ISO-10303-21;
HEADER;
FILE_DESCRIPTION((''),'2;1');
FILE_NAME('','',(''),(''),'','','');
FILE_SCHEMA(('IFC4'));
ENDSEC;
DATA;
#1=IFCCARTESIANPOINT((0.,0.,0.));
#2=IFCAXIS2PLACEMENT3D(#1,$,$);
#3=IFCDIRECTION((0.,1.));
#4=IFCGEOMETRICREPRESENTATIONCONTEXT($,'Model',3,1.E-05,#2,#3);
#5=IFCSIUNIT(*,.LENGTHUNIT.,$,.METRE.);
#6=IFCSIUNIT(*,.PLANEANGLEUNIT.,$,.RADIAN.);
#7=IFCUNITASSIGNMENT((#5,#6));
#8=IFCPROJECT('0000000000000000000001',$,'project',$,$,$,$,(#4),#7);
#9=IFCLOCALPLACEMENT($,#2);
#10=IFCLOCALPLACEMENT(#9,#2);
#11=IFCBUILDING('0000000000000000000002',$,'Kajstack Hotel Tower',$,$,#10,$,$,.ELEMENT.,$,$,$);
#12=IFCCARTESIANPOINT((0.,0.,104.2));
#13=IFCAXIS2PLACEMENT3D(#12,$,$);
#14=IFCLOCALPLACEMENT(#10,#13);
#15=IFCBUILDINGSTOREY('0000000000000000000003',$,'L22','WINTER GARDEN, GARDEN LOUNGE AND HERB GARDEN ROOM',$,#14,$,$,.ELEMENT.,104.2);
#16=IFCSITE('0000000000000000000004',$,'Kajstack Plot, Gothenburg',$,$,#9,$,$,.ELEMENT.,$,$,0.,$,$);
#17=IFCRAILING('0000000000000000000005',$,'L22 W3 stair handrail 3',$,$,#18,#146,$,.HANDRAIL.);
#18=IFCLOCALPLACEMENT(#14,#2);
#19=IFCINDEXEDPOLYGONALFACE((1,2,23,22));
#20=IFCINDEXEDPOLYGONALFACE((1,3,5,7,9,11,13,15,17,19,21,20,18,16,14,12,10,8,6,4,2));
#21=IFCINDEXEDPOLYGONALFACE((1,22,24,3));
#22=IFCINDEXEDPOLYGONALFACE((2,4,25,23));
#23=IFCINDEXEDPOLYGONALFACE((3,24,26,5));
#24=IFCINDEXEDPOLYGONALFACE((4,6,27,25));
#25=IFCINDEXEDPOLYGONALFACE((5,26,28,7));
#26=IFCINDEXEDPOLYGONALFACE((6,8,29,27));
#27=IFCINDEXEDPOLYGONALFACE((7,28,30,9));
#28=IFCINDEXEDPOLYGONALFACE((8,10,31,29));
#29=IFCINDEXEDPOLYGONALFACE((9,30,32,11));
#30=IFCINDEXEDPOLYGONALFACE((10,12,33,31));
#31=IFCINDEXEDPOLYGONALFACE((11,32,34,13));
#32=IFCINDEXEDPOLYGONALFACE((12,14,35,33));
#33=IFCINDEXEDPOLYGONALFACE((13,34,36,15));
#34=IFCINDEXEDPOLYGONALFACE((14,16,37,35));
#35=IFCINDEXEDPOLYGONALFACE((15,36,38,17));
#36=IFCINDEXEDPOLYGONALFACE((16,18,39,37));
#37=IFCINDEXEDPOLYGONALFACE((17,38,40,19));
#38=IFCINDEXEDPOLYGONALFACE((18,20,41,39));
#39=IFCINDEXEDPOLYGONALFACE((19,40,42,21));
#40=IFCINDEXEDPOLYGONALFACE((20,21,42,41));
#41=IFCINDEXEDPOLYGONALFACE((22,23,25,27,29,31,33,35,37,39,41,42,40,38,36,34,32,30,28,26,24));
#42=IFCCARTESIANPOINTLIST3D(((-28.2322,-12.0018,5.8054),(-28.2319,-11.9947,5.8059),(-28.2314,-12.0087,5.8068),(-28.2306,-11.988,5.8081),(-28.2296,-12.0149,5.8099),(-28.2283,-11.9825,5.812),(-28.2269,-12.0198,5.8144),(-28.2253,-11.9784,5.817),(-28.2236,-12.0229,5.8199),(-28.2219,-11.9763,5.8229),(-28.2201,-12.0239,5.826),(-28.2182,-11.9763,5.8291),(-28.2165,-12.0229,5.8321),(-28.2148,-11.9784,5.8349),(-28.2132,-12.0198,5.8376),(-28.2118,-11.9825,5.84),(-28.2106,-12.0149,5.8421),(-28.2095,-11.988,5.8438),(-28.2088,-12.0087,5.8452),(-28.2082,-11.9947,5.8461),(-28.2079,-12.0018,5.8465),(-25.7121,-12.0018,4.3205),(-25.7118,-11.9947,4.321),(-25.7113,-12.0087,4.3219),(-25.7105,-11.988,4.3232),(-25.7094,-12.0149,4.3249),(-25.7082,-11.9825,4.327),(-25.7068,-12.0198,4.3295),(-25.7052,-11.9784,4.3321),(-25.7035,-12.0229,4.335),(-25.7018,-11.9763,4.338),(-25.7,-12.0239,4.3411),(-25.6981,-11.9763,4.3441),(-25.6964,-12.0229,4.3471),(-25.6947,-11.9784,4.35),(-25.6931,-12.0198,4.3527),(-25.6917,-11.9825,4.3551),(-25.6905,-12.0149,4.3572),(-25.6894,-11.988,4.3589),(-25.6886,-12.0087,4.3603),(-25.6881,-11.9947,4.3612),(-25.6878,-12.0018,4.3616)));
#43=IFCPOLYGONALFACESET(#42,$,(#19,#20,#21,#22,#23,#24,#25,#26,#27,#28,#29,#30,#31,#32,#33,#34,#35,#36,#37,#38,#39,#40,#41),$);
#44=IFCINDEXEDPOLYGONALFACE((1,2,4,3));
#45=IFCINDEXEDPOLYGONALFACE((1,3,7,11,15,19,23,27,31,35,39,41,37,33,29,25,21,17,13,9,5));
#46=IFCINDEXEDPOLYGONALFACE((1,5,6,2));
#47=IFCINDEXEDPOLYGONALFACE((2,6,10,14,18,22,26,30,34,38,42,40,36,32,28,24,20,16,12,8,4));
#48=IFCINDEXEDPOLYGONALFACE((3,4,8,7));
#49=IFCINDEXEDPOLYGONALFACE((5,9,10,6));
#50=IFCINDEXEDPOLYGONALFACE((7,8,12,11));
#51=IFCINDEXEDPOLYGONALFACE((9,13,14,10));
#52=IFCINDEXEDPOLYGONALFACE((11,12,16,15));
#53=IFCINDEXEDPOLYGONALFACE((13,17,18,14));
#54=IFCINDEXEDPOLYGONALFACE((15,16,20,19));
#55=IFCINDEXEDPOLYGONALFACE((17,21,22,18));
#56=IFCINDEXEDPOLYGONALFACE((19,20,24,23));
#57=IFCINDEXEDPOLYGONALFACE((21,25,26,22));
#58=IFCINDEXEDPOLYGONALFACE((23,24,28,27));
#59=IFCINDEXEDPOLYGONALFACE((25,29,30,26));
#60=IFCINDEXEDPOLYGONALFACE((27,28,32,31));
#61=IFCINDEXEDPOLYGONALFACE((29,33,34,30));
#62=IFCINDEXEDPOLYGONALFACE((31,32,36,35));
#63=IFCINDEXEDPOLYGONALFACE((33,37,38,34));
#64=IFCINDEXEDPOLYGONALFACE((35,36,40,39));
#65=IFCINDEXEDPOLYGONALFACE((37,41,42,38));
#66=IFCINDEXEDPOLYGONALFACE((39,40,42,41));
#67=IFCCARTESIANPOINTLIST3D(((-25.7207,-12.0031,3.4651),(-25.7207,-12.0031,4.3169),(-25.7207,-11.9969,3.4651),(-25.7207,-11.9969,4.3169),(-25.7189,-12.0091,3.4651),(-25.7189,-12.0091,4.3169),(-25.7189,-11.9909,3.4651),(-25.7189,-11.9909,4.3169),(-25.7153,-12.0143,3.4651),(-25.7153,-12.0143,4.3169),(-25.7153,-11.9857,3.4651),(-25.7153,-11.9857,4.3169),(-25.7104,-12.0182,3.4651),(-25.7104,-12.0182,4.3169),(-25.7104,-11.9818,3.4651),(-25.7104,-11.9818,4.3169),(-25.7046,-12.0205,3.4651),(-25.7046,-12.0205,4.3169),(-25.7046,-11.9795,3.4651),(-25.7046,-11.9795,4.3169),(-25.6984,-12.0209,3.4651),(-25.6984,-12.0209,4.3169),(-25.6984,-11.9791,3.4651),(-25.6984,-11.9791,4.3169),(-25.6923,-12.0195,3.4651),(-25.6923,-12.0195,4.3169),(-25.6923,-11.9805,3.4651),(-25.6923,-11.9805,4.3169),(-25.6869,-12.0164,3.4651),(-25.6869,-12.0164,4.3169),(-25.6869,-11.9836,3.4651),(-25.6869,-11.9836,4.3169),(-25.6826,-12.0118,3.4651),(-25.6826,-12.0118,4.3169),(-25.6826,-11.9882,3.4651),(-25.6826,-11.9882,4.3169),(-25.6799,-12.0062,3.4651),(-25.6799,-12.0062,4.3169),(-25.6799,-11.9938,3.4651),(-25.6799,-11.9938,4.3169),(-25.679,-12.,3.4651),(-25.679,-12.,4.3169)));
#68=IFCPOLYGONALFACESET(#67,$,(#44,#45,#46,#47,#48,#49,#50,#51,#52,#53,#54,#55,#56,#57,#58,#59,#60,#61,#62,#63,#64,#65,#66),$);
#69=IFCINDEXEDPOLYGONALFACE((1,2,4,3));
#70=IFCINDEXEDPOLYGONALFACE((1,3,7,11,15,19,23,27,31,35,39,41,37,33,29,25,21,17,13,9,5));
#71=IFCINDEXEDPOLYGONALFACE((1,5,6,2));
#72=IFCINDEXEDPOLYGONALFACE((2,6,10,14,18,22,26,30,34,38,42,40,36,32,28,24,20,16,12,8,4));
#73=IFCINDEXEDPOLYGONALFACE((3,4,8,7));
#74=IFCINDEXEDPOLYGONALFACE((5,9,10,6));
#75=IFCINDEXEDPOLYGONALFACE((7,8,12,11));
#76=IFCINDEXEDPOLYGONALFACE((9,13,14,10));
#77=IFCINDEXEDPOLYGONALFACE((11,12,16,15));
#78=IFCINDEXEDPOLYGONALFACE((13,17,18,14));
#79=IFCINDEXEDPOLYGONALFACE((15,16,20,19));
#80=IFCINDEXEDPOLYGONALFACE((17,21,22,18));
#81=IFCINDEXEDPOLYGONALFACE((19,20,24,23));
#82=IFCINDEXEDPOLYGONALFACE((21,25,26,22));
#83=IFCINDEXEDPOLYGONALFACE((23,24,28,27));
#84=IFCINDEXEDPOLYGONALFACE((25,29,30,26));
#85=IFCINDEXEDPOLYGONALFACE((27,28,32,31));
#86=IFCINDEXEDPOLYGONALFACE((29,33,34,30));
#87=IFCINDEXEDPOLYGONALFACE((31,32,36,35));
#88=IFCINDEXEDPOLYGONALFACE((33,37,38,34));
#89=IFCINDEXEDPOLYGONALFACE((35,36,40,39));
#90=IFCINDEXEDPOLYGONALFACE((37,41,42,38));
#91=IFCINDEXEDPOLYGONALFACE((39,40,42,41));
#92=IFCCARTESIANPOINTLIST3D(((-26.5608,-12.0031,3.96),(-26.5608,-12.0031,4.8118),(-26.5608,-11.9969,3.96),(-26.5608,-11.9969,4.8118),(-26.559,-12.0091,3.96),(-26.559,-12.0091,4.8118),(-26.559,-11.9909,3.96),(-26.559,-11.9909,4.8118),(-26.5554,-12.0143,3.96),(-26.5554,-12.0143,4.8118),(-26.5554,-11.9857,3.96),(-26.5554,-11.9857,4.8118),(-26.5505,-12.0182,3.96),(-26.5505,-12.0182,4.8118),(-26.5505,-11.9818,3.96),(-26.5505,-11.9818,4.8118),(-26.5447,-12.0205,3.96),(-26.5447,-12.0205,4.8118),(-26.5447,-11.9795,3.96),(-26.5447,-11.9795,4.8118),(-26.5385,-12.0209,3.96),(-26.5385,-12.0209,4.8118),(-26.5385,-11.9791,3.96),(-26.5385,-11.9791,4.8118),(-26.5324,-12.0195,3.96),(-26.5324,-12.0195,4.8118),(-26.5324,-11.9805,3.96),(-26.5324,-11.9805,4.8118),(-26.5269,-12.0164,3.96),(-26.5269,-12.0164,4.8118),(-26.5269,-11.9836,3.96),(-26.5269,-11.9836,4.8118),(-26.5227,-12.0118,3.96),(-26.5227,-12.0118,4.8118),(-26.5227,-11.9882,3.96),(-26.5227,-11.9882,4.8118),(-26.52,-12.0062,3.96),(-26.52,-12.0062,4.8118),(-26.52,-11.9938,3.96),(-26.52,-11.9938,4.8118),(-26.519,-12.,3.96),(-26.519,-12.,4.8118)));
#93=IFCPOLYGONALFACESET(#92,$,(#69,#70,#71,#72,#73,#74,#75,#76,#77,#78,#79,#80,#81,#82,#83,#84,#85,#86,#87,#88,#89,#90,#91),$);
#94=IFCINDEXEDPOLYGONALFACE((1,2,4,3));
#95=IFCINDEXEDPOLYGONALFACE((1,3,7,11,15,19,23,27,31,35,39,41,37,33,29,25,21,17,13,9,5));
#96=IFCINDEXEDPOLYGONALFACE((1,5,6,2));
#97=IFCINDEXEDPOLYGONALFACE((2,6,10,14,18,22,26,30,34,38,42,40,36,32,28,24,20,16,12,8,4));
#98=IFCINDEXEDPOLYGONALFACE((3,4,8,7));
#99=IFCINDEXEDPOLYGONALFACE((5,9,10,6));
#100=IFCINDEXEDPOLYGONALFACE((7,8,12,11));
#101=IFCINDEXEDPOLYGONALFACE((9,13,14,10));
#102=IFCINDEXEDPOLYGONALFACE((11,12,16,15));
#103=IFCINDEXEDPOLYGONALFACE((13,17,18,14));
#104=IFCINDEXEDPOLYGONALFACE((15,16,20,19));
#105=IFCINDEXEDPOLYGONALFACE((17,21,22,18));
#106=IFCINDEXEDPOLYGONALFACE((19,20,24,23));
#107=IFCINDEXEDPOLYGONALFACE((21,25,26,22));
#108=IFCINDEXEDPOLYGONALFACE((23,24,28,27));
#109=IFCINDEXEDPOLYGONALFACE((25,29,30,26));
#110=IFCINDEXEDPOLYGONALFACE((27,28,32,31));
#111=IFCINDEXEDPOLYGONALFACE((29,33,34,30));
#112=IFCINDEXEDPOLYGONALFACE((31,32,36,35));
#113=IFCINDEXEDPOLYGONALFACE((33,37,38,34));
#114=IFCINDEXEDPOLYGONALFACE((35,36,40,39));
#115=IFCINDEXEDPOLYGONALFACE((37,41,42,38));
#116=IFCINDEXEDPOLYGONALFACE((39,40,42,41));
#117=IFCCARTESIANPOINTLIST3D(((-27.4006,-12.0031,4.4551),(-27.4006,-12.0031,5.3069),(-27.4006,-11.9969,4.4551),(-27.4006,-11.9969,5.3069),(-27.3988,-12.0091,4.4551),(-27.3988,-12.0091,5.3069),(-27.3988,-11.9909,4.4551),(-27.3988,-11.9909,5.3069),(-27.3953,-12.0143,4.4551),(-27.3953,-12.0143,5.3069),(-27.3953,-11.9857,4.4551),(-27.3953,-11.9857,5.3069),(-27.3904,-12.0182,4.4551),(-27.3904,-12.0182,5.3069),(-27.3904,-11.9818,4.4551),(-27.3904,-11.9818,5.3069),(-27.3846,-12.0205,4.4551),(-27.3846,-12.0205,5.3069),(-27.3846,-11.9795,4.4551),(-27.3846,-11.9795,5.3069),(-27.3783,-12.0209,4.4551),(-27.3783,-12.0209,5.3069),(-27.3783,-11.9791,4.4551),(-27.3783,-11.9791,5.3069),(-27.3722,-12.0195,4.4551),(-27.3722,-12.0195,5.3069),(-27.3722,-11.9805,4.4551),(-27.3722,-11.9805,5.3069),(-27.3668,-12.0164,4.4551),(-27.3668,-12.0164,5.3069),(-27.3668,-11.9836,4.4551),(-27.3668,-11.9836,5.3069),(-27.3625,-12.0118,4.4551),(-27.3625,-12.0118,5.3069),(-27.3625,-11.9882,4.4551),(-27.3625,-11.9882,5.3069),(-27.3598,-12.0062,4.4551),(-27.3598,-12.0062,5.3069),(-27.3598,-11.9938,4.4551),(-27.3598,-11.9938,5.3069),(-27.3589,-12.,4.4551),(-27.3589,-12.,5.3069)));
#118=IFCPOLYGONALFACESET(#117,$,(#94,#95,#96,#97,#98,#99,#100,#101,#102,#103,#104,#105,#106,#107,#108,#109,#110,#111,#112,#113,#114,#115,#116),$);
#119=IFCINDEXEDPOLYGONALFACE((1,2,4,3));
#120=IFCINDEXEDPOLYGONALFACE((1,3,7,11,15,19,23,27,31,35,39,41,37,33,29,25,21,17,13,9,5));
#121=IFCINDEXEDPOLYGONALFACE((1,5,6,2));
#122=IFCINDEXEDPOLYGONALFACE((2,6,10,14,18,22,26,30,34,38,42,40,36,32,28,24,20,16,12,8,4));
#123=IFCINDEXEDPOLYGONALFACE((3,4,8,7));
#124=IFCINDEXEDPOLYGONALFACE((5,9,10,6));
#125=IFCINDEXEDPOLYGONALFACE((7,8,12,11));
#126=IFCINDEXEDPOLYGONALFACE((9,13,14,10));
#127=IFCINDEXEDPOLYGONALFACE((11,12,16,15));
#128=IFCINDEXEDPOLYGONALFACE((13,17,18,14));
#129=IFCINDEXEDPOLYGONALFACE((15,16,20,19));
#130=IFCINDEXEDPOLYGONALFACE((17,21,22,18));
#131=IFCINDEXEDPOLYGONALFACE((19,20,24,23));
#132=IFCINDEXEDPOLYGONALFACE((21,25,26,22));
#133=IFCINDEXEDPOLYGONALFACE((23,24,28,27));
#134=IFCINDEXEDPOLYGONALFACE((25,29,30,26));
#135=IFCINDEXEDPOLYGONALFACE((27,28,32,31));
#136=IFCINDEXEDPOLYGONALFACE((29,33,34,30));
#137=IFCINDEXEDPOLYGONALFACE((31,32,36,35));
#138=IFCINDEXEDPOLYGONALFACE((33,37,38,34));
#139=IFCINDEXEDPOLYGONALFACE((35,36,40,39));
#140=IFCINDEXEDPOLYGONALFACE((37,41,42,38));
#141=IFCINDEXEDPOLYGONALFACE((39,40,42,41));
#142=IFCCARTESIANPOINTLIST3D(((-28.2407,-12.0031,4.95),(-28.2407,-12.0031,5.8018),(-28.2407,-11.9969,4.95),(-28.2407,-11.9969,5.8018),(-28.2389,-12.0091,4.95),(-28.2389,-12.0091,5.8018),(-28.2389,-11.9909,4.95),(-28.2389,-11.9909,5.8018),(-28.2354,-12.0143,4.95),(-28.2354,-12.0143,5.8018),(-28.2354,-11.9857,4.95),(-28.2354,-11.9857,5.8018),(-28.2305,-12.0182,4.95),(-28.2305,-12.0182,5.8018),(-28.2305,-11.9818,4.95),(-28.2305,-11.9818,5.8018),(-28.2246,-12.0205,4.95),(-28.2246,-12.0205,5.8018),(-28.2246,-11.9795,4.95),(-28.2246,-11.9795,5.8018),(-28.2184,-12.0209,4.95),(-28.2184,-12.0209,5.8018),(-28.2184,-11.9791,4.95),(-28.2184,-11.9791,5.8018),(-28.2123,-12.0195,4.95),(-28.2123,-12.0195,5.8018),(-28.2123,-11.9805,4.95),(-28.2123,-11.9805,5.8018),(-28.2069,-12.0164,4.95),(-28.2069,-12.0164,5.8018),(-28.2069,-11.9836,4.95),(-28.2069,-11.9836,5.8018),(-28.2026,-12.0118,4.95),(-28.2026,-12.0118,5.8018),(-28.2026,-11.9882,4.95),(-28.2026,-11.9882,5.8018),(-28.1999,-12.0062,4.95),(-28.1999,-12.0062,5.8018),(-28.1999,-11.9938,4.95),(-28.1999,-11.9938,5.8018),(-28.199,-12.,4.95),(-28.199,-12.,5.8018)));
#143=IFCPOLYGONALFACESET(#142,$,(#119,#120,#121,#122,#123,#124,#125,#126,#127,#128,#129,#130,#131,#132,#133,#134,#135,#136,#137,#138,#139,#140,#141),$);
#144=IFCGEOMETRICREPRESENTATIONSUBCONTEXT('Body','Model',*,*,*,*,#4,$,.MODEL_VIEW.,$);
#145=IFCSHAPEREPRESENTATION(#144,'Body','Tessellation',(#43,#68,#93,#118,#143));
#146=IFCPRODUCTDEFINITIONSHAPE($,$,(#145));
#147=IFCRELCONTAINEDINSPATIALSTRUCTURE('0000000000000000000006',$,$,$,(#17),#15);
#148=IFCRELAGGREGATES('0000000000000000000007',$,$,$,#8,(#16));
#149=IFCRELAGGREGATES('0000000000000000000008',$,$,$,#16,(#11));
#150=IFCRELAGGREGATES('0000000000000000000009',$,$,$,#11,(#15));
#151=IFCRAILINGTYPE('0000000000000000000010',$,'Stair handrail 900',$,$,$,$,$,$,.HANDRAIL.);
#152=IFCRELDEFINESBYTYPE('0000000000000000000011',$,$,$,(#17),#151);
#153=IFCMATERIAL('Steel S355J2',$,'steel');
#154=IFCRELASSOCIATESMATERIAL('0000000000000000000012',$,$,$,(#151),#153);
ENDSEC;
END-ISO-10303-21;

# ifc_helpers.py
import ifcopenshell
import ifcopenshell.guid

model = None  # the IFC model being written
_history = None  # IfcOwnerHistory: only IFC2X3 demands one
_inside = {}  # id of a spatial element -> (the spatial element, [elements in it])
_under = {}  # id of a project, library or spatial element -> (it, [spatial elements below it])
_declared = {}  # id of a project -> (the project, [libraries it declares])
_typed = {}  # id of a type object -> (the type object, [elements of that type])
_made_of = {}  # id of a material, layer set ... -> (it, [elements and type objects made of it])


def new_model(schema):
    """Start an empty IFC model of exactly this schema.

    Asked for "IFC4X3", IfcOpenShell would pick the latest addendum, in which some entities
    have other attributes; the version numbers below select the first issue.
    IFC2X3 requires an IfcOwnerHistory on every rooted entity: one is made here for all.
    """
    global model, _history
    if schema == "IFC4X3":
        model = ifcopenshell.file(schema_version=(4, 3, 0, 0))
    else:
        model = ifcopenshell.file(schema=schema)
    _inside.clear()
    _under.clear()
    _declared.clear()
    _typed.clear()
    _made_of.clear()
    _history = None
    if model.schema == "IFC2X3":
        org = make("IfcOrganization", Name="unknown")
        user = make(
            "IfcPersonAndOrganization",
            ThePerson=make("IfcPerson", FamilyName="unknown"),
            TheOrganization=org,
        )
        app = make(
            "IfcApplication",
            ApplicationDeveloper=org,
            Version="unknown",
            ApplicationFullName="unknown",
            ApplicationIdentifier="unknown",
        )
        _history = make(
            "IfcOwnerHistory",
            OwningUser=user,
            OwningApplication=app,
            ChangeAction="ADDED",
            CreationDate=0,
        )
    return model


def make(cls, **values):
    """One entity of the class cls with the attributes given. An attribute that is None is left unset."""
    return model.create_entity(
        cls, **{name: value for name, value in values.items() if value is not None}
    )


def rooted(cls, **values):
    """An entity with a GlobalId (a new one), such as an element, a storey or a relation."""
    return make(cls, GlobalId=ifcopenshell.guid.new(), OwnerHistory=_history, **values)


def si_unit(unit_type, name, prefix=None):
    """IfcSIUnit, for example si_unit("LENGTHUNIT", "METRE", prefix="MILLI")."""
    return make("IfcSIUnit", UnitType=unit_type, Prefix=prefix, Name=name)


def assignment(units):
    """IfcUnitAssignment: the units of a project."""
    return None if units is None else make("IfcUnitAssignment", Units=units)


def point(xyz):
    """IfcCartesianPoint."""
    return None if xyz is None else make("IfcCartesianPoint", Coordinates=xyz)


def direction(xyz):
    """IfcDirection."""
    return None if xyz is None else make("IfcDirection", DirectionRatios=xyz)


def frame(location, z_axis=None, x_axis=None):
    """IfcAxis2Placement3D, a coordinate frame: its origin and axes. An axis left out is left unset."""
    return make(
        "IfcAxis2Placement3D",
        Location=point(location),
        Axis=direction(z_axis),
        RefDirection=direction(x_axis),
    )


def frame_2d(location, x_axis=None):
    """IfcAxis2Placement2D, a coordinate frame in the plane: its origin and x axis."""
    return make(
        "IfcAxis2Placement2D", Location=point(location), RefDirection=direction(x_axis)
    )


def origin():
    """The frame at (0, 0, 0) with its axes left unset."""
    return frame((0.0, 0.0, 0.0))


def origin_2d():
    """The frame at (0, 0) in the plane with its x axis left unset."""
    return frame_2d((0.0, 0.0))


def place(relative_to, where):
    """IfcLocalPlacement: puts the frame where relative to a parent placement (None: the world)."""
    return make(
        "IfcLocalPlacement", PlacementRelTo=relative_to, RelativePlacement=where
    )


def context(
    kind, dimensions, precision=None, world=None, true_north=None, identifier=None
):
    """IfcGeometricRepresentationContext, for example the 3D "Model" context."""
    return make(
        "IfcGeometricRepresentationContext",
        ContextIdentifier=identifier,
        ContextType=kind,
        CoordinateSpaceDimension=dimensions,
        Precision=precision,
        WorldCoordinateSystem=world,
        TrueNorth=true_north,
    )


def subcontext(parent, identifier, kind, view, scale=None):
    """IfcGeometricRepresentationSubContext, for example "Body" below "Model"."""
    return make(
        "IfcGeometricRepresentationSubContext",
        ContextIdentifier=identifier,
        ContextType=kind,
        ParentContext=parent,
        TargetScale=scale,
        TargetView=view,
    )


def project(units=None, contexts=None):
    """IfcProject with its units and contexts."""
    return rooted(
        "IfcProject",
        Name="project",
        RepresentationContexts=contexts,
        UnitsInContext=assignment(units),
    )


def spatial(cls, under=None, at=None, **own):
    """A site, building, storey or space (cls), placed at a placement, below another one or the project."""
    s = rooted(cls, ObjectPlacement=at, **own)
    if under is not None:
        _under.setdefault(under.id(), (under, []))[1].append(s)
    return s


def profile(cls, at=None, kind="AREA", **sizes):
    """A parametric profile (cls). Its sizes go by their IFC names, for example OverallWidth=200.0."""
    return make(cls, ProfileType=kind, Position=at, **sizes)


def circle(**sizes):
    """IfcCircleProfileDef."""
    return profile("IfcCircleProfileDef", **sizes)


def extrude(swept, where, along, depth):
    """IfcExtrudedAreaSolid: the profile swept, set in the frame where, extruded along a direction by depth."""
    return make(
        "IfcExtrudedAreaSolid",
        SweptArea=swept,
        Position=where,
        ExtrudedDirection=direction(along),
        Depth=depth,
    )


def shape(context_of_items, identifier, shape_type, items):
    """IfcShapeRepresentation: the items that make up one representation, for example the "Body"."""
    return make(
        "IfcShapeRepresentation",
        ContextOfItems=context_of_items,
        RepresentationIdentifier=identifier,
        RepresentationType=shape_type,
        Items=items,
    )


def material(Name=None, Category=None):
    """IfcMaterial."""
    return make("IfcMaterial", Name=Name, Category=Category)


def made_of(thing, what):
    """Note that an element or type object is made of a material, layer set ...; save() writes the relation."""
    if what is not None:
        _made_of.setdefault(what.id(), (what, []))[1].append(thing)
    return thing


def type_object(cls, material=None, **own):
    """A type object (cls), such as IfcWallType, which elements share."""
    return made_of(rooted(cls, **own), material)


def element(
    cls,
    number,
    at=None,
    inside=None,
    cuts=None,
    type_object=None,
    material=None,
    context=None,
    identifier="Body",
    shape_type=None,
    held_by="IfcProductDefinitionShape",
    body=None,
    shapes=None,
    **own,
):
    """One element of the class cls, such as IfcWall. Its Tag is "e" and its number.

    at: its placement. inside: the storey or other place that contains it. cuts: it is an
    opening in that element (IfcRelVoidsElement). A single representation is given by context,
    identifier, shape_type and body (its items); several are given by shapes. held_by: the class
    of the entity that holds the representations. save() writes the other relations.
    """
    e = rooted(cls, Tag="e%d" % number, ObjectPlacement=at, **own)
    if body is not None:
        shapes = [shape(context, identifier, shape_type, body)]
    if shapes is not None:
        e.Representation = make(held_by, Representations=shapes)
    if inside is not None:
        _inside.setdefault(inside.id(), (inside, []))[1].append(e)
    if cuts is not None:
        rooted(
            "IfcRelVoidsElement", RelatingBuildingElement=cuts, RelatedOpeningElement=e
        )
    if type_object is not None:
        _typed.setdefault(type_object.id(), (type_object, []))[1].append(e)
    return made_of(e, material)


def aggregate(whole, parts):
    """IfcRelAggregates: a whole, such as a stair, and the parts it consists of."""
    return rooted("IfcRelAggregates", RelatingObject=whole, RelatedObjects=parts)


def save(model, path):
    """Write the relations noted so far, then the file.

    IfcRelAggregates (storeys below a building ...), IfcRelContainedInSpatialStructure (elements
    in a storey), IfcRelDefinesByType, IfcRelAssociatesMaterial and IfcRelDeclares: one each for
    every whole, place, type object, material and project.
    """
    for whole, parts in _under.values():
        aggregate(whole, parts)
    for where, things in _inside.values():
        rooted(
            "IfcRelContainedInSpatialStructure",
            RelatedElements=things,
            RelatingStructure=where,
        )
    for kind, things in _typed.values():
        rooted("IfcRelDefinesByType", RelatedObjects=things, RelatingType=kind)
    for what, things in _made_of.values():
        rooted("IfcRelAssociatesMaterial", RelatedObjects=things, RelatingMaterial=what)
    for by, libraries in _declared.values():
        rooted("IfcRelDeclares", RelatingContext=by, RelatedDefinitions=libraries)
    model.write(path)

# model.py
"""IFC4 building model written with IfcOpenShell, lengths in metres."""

from ifc_helpers import new_model, si_unit, direction, frame, origin, origin_2d, place, context, subcontext, project, spatial, circle, extrude, material, type_object, element, save


model = new_model("IFC4")

# Units and contexts
model_context = context("Model", 3, precision=1e-05, world=origin(), true_north=direction((0.0, 1.0)))
body_context = subcontext(model_context, "Body", "Model", "MODEL_VIEW")
ifc_project = project(units=[si_unit("LENGTHUNIT", "METRE"), si_unit("PLANEANGLEUNIT", "RADIAN")], contexts=[model_context])

# Site, building, storey
site_placement = place(None, origin())
site = spatial("IfcSite", under=ifc_project, at=site_placement, Name="Kajstack Plot, Gothenburg", CompositionType="ELEMENT", RefElevation=0.0)
building_placement = place(site_placement, origin())
building = spatial("IfcBuilding", under=site, at=building_placement, Name="Kajstack Hotel Tower", CompositionType="ELEMENT")
storey_placement = place(building_placement, frame((0.0, 0.0, 104.2)))
storey = spatial("IfcBuildingStorey", under=building, at=storey_placement, Name="L22", Description="WINTER GARDEN, GARDEN LOUNGE AND HERB GARDEN ROOM", CompositionType="ELEMENT", Elevation=104.2)

# Railing
ifc_material_1 = material(Name="Steel S355J2", Category="steel")
railing_type_1 = type_object("IfcRailingType", Name="Stair handrail 900", PredefinedType="HANDRAIL", material=ifc_material_1)
railing_1_placement = place(storey_placement, frame((-25.7, -12.0, 3.4651)))
element("IfcRailing", 1, at=railing_1_placement, inside=storey, type_object=railing_type_1, Name="L22 W3 stair handrail 3", PredefinedType="HANDRAIL", context=body_context, shape_type="SweptSolid", body=[
    extrude(circle(Radius=0.0239, at=origin_2d()), frame((0.0, 0.0, 0.876), z_axis=(-0.861561, 0.0, 0.507655), x_axis=(0.0, -1.0, 0.0)), (0.0, 0.0, 1.0), 2.925),
    extrude(circle(Radius=0.021, at=origin_2d()), origin(), (0.0, 0.0, 1.0), 0.8518),
    extrude(circle(Radius=0.021, at=origin_2d()), frame((-0.8401, 0.0, 0.4949)), (0.0, 0.0, 1.0), 0.8518),
    extrude(circle(Radius=0.021, at=origin_2d()), frame((-1.6799, 0.0, 0.99)), (0.0, 0.0, 1.0), 0.8518),
    extrude(circle(Radius=0.021, at=origin_2d()), frame((-2.52, 0.0, 1.4849)), (0.0, 0.0, 1.0), 0.8518),
])

save(model, "model.ifc")
